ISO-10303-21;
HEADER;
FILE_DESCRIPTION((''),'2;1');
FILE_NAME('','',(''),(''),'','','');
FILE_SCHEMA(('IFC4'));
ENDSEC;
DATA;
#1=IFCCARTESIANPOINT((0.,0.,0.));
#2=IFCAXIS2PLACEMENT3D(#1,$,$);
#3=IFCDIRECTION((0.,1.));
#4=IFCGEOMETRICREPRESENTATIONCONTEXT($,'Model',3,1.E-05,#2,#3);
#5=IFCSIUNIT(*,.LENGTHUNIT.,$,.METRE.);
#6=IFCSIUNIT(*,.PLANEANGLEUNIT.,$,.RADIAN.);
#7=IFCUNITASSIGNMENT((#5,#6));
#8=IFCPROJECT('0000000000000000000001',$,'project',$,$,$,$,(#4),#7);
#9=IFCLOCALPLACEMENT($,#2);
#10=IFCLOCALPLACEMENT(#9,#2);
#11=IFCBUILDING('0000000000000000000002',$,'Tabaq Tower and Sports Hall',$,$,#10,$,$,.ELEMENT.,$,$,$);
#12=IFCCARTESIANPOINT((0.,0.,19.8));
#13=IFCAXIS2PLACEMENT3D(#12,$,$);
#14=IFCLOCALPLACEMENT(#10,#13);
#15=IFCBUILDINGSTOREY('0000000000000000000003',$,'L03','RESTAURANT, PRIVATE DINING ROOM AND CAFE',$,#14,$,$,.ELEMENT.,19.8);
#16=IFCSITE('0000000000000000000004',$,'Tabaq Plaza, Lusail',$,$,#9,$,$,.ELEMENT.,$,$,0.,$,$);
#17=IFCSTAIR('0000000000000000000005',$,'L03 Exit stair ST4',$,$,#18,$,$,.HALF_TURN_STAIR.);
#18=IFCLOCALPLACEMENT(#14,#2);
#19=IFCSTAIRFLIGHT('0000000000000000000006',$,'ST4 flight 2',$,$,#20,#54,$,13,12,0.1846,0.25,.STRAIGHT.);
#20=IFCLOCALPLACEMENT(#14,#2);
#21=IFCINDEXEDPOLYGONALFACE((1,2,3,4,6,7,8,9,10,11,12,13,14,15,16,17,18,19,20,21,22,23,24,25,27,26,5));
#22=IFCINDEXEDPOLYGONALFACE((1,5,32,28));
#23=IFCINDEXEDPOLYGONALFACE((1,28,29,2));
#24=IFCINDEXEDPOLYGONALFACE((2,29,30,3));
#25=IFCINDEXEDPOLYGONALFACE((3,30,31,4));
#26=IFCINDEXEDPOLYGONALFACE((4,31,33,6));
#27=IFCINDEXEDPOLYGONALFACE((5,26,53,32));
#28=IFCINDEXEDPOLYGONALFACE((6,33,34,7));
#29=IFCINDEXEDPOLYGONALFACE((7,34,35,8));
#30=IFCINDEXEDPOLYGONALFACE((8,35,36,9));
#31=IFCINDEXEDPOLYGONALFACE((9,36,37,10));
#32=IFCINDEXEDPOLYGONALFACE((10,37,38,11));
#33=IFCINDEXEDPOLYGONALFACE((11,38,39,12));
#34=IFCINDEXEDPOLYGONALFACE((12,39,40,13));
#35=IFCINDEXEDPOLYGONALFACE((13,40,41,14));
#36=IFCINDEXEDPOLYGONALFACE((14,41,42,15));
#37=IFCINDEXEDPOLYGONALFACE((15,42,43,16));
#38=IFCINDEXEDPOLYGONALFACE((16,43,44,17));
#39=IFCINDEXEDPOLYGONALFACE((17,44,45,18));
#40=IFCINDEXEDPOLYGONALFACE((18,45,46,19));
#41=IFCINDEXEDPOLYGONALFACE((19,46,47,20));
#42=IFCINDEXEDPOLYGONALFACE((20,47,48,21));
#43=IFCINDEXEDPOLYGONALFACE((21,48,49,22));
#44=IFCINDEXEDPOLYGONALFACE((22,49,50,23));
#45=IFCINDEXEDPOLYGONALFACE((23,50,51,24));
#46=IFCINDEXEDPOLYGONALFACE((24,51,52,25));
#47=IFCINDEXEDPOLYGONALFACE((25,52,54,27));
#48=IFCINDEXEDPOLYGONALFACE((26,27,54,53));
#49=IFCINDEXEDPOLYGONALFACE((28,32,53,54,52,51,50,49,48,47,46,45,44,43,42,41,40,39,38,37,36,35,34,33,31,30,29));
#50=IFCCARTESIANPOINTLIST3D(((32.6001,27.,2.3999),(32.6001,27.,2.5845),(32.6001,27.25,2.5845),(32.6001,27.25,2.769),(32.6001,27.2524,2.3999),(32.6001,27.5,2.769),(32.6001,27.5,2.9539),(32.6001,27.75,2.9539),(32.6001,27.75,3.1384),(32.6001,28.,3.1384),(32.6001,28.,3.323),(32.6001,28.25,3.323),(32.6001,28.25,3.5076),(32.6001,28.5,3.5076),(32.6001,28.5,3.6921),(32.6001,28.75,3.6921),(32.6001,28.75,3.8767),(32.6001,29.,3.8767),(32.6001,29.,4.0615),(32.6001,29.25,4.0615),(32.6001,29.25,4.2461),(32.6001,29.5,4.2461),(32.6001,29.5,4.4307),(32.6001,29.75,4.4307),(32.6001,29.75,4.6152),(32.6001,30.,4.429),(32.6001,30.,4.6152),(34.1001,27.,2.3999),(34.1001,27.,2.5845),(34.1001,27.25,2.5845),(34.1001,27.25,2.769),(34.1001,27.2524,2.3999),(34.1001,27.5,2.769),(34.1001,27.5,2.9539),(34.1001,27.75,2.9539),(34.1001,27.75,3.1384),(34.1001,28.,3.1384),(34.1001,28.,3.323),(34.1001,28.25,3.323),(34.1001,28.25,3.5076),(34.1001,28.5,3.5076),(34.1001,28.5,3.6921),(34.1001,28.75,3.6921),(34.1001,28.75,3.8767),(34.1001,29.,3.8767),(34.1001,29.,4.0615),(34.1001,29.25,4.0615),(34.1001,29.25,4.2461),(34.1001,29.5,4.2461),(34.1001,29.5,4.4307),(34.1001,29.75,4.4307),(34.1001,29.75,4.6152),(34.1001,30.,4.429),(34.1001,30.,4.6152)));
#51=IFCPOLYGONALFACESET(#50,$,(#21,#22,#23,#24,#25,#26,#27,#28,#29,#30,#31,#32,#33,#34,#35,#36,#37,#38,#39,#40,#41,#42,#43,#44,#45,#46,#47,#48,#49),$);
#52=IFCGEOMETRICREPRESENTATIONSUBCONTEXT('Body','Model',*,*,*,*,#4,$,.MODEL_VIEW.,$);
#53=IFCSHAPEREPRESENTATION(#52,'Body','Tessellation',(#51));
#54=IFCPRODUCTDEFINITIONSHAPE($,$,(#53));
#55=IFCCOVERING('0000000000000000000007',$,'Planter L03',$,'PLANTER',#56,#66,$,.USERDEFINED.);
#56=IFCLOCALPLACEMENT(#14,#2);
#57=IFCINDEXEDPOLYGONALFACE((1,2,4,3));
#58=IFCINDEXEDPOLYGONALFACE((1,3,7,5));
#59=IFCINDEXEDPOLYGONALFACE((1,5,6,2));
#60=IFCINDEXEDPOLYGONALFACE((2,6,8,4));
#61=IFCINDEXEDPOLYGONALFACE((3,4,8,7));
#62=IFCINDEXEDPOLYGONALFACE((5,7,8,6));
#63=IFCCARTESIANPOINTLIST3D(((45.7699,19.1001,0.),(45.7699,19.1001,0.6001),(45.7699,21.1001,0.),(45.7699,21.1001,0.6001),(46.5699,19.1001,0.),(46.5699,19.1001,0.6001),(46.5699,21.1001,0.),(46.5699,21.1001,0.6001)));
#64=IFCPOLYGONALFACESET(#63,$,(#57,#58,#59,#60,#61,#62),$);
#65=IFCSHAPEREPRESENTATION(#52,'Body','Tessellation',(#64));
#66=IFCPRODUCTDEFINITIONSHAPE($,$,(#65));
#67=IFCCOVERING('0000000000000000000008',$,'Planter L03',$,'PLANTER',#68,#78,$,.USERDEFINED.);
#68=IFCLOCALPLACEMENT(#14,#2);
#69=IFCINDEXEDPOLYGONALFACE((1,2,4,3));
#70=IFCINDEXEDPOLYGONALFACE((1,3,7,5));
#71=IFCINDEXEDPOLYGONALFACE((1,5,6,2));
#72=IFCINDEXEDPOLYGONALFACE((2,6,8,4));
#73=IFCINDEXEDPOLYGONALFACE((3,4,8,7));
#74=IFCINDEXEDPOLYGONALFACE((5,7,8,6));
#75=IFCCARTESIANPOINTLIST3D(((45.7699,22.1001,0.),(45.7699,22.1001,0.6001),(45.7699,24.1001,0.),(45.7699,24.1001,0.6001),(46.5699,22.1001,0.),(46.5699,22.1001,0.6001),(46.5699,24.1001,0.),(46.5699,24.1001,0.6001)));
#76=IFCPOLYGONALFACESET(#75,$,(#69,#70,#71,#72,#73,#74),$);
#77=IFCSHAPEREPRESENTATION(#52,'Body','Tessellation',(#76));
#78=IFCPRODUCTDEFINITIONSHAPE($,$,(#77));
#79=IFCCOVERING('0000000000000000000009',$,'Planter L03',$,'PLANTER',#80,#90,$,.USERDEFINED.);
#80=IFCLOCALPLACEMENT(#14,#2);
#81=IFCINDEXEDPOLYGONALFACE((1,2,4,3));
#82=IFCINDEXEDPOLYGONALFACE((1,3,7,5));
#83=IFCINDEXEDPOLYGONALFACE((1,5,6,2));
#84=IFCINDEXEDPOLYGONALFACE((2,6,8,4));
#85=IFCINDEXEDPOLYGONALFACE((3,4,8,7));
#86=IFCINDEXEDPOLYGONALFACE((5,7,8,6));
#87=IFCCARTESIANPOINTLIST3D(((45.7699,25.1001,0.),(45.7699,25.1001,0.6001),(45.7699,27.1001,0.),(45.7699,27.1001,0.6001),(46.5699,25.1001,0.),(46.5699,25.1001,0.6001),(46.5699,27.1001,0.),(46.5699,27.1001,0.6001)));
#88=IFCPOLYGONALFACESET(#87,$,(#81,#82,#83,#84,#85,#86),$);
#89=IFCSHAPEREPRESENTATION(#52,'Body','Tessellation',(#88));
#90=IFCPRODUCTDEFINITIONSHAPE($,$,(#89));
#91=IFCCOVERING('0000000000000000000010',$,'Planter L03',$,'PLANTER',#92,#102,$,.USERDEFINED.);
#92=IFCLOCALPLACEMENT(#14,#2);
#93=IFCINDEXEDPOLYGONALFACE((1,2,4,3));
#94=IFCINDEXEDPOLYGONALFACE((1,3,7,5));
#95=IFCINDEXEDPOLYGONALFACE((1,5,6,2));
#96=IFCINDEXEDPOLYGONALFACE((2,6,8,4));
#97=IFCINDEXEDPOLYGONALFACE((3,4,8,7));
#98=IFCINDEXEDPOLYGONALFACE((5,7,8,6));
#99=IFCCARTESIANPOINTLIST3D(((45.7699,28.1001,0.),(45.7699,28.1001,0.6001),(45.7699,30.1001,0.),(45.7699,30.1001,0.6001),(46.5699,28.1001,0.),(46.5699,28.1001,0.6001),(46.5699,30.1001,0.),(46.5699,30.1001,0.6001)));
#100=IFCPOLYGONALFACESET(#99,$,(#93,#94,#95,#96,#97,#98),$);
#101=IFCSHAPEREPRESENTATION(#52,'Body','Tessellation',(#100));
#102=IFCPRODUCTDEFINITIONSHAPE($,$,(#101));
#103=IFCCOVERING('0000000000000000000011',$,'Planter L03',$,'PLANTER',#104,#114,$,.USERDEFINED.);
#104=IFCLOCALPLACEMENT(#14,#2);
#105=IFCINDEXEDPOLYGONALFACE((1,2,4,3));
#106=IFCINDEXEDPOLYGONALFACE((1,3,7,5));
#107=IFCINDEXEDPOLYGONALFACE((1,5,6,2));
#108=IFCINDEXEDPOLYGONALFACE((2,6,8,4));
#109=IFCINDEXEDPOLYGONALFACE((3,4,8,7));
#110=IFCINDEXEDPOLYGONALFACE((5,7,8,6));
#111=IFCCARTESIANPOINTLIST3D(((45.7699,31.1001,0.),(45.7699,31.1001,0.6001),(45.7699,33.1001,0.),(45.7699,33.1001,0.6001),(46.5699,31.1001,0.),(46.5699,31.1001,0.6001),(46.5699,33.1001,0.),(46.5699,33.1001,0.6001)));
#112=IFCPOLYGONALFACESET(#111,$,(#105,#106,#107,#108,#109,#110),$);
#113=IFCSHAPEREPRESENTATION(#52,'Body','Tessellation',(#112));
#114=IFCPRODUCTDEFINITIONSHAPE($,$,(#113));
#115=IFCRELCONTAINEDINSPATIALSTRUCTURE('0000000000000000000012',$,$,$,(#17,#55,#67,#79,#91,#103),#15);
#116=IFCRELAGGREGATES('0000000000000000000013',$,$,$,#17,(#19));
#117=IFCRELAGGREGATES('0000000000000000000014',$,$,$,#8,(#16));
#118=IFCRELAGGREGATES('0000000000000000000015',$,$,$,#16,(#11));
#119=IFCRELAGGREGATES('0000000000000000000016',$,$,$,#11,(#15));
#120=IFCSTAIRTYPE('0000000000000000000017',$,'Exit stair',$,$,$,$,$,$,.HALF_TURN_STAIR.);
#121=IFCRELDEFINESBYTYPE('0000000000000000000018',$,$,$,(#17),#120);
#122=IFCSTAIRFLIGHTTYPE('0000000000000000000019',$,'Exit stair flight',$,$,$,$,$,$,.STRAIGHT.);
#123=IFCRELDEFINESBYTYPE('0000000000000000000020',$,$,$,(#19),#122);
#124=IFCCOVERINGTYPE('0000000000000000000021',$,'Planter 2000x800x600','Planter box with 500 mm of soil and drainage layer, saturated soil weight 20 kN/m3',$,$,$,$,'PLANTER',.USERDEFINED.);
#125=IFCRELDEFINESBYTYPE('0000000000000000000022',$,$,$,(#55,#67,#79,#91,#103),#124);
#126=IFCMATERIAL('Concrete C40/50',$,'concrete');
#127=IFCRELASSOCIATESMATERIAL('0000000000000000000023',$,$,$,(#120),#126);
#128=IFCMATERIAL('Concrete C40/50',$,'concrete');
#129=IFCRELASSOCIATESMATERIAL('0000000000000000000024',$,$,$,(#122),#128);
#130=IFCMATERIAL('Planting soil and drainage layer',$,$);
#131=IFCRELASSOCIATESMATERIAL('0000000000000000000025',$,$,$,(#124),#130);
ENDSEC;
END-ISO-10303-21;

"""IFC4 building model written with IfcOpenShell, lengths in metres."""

from ifc_helpers import new_model, si_unit, direction, frame, origin, origin_2d, place, context, subcontext, project, spatial, polyline, rectangle, outline, extrude, material, type_object, element, aggregate, save


model = new_model("IFC4")

# Units and contexts
model_context = context("Model", 3, precision=1e-05, world=origin(), true_north=direction((0.0, 1.0)))
body_context = subcontext(model_context, "Body", "Model", "MODEL_VIEW")
ifc_project = project(units=[si_unit("LENGTHUNIT", "METRE"), si_unit("PLANEANGLEUNIT", "RADIAN")], contexts=[model_context])

# Site, building, storey
site_placement = place(None, origin())
site = spatial("IfcSite", under=ifc_project, at=site_placement, Name="Tabaq Plaza, Lusail", CompositionType="ELEMENT", RefElevation=0.0)
building_placement = place(site_placement, origin())
building = spatial("IfcBuilding", under=site, at=building_placement, Name="Tabaq Tower and Sports Hall", CompositionType="ELEMENT")
storey_placement = place(building_placement, frame((0.0, 0.0, 19.8)))
storey = spatial("IfcBuildingStorey", under=building, at=storey_placement, Name="L03", Description="RESTAURANT, PRIVATE DINING ROOM AND CAFE", CompositionType="ELEMENT", Elevation=19.8)

# Shared definitions
ifc_material_1 = material(Name="Concrete C40/50", Category="concrete")
stair_type = type_object("IfcStairType", Name="Exit stair", PredefinedType="HALF_TURN_STAIR", material=ifc_material_1)
ifc_material_2 = material(Name="Concrete C40/50", Category="concrete")
stair_flight_type = type_object("IfcStairFlightType", Name="Exit stair flight", PredefinedType="STRAIGHT", material=ifc_material_2)

# Stair, stair flight
stair_1_placement = place(storey_placement, origin())
stair_1 = element("IfcStair", 1, at=stair_1_placement, inside=storey, type_object=stair_type, Name="L03 Exit stair ST4", PredefinedType="HALF_TURN_STAIR")
stair_flight_1_placement = place(storey_placement, frame((33.3501, 27.0, 2.3999), z_axis=(0.0, 0.0, 1.0), x_axis=(0.0, 1.0, 0.0)))
stair_flight_1 = element("IfcStairFlight", 2, at=stair_flight_1_placement, type_object=stair_flight_type, Name="ST4 flight 2", NumberOfRisers=13, NumberOfTreads=12, PredefinedType="STRAIGHT", RiserHeight=0.1846, TreadLength=0.25, context=body_context, shape_type="SweptSolid", body=[
    extrude(outline(polyline([(0.0, 0.0), (0.0, 0.1846), (0.25, 0.1846), (0.25, 0.3691), (0.5, 0.3691), (0.5, 0.554), (0.75, 0.554), (0.75, 0.7385), (1.0, 0.7385), (1.0, 0.9231), (1.25, 0.9231), (1.25, 1.1077), (1.5, 1.1077), (1.5, 1.2922), (1.75, 1.2922), (1.75, 1.4768), (2.0, 1.4768), (2.0, 1.6616), (2.25, 1.6616), (2.25, 1.8462), (2.5, 1.8462), (2.5, 2.0308), (2.75, 2.0308), (2.75, 2.2153), (3.0, 2.2153), (3.0, 2.3999), (3.0, 2.0291), (0.2524, 0.0), (0.0, 0.0)])), frame((0.0, 0.75, 0.0), z_axis=(0.0, -1.0, 0.0), x_axis=(1.0, 0.0, 0.0)), (0.0, 0.0, 1.0), 1.5),
])
aggregate(stair_1, [stair_flight_1])

# Coverings
ifc_material_3 = material(Name="Planting soil and drainage layer")
covering_type = type_object("IfcCoveringType", Name="Planter 2000x800x600", Description="Planter box with 500 mm of soil and drainage layer, saturated soil weight 20 kN/m3", ElementType="PLANTER", PredefinedType="USERDEFINED", material=ifc_material_3)
for number, where, z_axis, x_axis, name in (
    (3, (46.1699, 20.1001, 0.0), (0.0, 0.0, 1.0), (0.0, 1.0, 0.0), "Planter L03"),
    (4, (46.1699, 23.1001, 0.0), (0.0, 0.0, 1.0), (0.0, 1.0, 0.0), "Planter L03"),
    (5, (46.1699, 26.1001, 0.0), (0.0, 0.0, 1.0), (0.0, 1.0, 0.0), "Planter L03"),
    (6, (46.1699, 29.1001, 0.0), (0.0, 0.0, 1.0), (0.0, 1.0, 0.0), "Planter L03"),
    (7, (46.1699, 32.1001, 0.0), (0.0, 0.0, 1.0), (0.0, 1.0, 0.0), "Planter L03"),
):
    element("IfcCovering", number, at=place(storey_placement, frame(where, z_axis=z_axis, x_axis=x_axis)), inside=storey, type_object=covering_type, Name=name, ObjectType="PLANTER", PredefinedType="USERDEFINED", context=body_context, shape_type="SweptSolid", body=[
        extrude(rectangle(XDim=2.0, YDim=0.8, at=origin_2d()), origin(), (0.0, 0.0, 1.0), 0.6001),
    ])

save(model, "model.ifc")
